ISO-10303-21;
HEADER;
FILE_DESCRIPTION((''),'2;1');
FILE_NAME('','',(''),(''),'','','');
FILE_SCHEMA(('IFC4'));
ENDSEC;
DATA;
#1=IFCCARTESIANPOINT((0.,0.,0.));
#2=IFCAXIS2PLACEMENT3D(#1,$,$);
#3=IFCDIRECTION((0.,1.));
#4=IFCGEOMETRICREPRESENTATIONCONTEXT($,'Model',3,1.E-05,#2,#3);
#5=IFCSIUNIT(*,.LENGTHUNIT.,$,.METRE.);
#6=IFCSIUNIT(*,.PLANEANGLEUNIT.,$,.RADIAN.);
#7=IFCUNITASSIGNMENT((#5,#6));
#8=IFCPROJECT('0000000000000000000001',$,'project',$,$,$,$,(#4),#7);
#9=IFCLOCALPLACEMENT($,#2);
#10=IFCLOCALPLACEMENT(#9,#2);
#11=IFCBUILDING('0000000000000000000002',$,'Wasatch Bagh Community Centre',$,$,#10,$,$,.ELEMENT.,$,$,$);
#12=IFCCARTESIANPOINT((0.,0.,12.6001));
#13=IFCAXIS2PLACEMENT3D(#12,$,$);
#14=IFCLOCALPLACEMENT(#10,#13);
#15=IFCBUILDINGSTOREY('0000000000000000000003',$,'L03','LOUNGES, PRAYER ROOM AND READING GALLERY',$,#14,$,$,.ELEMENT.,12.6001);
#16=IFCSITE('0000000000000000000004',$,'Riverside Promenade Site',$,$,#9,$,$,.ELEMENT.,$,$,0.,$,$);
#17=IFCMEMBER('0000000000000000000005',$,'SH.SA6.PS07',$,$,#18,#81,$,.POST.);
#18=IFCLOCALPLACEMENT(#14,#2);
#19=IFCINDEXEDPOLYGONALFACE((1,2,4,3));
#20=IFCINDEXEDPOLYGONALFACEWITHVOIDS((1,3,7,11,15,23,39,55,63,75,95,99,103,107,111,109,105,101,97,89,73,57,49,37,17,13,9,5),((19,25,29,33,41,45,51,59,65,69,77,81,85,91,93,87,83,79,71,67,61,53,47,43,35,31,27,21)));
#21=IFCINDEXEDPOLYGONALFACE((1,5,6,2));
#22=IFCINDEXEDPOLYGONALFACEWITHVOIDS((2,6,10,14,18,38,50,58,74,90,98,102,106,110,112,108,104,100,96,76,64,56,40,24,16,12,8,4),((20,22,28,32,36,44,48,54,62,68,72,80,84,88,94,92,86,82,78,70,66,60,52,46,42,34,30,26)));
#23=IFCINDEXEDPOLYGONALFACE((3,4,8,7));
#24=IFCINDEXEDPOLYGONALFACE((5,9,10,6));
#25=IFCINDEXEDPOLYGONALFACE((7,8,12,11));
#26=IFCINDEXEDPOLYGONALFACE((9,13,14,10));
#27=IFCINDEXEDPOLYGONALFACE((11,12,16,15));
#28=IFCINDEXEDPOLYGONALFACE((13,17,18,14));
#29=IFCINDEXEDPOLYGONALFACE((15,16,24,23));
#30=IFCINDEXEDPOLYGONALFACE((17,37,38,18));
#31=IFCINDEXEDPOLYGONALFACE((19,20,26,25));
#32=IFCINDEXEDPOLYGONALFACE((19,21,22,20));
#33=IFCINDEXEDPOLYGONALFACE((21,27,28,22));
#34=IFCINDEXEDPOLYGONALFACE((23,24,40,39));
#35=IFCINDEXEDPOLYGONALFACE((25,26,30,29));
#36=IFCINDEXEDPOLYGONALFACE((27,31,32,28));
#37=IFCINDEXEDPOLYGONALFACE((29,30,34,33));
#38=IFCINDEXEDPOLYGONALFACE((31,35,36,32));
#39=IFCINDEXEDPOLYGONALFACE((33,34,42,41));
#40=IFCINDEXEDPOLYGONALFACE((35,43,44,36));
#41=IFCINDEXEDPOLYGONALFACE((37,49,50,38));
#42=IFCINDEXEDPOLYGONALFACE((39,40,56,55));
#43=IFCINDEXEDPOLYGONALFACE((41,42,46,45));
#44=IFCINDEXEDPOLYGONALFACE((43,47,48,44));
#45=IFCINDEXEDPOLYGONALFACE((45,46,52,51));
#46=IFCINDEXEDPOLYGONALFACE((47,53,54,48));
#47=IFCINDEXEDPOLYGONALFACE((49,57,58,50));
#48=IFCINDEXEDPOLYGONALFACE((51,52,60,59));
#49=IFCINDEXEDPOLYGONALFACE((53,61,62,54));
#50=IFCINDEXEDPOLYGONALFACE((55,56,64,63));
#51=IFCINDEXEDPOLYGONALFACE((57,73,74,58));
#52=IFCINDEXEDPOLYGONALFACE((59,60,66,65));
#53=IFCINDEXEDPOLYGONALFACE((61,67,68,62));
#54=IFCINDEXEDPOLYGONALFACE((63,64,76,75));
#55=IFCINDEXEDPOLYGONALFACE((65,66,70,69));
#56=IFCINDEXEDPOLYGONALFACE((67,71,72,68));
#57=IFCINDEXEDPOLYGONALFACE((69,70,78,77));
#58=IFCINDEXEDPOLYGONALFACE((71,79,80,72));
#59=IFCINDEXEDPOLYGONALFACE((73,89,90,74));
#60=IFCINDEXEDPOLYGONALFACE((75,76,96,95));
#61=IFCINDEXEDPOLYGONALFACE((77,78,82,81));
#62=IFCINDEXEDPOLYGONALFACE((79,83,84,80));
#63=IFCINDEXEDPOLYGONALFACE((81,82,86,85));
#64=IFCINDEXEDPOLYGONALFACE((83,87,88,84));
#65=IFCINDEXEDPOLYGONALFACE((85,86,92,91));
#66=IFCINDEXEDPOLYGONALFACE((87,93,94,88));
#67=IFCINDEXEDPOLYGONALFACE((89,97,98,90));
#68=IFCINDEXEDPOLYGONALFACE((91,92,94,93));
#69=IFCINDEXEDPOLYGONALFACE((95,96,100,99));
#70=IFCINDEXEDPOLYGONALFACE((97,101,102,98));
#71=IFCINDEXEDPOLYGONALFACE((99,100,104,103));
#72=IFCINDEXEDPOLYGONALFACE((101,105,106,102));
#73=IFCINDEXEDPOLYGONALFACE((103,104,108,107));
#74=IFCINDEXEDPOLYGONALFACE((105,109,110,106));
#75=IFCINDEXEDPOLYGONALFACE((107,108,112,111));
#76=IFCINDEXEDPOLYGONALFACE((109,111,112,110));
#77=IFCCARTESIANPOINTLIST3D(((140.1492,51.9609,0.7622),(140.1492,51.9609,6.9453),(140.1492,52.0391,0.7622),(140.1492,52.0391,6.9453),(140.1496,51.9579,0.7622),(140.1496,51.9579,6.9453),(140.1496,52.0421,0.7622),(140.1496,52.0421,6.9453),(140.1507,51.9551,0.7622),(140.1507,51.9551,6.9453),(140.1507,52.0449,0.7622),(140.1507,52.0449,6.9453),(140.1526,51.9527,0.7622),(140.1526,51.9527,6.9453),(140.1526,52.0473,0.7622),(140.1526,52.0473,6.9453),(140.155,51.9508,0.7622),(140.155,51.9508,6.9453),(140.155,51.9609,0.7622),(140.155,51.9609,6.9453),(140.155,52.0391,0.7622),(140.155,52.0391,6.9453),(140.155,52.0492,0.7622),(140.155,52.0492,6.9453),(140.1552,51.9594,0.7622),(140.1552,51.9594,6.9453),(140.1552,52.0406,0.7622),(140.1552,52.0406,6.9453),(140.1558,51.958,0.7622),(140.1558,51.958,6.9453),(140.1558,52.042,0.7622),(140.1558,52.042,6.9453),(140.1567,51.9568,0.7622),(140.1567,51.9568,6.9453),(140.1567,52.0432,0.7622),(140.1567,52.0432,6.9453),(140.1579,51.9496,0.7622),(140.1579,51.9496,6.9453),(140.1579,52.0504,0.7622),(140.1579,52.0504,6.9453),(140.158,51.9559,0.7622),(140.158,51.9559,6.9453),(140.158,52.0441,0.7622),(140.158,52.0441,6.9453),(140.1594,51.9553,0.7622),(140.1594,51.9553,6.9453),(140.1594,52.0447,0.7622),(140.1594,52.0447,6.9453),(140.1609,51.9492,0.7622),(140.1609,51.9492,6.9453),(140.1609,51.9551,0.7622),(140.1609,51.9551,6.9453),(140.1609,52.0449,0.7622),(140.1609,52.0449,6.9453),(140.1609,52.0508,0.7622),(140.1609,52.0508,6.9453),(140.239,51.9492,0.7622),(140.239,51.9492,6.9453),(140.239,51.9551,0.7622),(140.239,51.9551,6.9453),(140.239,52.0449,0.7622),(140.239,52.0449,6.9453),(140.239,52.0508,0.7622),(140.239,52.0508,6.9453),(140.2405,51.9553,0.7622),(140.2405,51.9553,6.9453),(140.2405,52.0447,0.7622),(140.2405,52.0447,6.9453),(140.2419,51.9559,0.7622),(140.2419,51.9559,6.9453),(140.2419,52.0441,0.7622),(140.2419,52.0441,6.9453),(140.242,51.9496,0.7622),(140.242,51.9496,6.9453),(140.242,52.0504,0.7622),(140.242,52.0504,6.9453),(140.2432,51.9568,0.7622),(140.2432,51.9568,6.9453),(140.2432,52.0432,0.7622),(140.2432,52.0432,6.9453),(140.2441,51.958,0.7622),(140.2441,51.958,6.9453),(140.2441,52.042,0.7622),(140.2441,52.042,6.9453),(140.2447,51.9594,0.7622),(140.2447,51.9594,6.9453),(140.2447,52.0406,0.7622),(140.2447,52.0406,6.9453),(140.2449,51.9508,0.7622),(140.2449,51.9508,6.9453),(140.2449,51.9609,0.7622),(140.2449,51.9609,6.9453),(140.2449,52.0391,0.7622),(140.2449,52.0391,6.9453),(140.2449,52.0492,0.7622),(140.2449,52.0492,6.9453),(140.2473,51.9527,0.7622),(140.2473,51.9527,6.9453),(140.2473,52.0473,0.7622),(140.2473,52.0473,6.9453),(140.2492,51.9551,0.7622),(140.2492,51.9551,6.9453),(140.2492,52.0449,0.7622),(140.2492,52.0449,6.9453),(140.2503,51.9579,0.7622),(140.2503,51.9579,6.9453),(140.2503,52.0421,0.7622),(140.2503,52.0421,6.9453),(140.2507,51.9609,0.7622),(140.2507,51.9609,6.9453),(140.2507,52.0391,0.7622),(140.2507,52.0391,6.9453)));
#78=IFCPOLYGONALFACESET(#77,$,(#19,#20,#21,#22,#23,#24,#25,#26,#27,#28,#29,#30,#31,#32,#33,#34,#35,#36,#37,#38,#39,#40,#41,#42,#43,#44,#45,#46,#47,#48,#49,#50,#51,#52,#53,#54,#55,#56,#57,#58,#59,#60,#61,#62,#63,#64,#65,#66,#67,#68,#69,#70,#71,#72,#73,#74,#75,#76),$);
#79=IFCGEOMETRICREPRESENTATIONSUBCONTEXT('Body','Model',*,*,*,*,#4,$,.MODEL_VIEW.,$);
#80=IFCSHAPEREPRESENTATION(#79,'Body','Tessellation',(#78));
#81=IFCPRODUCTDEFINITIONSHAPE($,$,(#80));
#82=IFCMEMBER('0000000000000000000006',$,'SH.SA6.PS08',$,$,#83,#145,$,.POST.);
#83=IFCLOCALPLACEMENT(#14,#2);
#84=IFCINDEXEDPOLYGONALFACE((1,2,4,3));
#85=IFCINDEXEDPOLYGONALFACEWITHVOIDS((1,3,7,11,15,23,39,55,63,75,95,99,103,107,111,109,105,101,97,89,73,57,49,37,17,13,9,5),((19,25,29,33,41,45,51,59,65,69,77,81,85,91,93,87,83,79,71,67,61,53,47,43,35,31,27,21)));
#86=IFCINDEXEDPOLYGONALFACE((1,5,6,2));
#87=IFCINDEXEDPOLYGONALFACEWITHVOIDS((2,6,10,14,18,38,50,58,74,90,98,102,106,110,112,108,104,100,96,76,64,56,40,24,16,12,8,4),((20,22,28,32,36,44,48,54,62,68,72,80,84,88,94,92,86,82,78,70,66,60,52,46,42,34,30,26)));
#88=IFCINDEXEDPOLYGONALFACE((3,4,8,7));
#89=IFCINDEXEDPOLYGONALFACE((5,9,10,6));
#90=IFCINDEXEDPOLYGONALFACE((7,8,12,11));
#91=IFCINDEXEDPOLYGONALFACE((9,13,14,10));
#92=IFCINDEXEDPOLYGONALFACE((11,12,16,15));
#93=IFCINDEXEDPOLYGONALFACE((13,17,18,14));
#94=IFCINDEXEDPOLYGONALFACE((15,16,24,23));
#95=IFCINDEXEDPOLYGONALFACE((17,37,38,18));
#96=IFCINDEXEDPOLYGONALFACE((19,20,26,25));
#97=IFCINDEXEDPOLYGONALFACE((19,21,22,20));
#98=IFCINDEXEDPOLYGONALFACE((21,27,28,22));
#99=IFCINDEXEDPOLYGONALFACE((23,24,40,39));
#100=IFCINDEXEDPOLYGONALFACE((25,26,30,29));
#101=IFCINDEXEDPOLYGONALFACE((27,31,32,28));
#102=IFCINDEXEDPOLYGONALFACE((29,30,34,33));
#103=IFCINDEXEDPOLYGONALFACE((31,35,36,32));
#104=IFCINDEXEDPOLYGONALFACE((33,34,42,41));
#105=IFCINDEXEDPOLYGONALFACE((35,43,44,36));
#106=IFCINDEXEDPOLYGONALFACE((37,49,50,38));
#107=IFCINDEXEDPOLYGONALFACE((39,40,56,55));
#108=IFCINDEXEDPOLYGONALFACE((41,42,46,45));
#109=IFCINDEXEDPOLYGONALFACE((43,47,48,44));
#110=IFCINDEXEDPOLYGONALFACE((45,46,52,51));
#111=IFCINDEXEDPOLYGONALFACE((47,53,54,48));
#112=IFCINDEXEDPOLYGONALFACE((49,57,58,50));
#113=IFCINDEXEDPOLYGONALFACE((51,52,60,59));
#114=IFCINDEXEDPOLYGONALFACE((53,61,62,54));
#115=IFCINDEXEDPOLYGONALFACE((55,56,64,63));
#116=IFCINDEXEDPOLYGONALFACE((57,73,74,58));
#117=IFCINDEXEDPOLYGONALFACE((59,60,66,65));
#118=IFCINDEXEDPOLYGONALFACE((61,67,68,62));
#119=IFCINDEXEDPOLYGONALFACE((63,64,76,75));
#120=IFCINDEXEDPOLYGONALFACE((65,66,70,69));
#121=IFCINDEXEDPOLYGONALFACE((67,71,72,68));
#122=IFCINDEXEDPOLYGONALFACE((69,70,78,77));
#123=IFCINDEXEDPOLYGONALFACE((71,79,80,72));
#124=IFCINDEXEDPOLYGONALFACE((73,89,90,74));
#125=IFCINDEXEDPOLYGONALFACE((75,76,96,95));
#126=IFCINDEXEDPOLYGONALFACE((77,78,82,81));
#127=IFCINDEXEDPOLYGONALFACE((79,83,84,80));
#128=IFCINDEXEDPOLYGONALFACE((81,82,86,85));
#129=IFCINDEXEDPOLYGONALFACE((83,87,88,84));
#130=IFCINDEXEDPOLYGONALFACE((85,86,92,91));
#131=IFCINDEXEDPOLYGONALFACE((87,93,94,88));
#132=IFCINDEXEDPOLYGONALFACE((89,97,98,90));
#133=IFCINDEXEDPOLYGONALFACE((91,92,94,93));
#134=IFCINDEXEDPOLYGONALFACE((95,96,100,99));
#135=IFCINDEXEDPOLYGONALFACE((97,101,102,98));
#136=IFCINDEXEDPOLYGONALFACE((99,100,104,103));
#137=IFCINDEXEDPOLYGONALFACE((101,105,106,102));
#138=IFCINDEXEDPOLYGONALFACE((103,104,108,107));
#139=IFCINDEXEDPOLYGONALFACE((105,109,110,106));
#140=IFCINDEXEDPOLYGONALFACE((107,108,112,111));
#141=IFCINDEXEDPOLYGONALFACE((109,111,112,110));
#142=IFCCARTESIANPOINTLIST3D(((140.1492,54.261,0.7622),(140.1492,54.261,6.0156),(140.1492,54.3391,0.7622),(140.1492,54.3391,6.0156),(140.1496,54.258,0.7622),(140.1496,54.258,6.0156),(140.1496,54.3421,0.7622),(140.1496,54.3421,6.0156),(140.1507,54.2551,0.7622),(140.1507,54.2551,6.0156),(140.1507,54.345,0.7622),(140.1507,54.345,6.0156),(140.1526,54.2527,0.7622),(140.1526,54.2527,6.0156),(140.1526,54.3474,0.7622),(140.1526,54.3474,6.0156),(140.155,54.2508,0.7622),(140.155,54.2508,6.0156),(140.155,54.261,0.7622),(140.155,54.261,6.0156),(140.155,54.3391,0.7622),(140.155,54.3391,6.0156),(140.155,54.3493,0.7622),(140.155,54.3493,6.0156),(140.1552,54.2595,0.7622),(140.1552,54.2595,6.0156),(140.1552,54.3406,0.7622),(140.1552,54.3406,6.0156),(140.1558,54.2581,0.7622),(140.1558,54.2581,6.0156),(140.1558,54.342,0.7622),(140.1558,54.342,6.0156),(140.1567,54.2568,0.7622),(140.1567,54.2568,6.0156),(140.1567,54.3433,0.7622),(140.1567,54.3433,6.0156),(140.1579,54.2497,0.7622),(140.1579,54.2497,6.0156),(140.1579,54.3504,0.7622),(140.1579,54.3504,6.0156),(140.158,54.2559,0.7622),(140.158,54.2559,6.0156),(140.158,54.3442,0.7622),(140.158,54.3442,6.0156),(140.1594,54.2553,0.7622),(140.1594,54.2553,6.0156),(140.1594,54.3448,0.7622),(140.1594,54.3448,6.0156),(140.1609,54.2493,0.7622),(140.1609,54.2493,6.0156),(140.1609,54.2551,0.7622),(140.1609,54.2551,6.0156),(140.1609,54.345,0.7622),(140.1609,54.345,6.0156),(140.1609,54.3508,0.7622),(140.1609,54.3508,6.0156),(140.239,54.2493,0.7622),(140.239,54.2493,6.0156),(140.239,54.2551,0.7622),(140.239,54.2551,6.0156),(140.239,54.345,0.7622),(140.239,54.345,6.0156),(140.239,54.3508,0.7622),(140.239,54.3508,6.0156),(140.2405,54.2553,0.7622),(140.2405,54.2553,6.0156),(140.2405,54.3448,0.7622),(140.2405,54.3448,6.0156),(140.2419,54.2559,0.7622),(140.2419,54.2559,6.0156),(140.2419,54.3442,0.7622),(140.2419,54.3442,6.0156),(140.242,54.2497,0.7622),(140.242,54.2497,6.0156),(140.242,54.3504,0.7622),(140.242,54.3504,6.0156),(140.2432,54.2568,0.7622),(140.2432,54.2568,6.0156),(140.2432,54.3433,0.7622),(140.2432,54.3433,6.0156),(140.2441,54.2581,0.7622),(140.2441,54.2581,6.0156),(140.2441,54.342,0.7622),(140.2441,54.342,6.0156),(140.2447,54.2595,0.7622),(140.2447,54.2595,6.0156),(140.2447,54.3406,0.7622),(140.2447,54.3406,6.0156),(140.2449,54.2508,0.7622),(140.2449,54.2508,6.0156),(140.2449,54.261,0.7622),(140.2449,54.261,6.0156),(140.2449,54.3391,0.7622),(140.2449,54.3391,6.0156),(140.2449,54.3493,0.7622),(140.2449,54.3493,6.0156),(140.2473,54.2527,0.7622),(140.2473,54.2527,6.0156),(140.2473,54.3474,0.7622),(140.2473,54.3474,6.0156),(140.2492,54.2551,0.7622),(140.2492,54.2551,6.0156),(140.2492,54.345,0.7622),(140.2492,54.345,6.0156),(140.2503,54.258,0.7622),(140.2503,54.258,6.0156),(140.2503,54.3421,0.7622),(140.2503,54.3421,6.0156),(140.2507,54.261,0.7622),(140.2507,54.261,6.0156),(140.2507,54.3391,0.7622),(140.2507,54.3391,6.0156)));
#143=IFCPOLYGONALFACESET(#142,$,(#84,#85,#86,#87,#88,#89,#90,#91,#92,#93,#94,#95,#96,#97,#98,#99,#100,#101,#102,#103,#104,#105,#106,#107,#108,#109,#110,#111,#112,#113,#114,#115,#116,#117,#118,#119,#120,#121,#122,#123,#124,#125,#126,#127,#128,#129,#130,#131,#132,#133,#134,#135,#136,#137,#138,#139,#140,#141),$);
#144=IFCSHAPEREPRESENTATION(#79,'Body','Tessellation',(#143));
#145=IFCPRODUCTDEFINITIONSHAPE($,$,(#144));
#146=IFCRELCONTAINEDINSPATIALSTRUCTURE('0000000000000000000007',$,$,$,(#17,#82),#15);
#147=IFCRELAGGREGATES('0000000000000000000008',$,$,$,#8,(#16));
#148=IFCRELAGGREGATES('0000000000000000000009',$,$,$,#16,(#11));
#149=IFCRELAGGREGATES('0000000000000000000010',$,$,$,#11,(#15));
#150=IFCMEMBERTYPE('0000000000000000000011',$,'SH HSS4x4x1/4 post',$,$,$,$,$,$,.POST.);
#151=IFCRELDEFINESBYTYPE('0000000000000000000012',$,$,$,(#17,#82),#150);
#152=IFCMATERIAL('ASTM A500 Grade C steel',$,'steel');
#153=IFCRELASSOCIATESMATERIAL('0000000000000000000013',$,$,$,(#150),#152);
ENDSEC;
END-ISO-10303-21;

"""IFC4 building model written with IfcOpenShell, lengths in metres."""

from ifc_helpers import new_model, si_unit, direction, frame, origin, origin_2d, place, context, subcontext, project, spatial, hollow_rectangle, extrude, material, material_profile, profile_set, type_object, element, save


model = new_model("IFC4")

# Units and contexts
model_context = context("Model", 3, precision=1e-05, world=origin(), true_north=direction((0.0, 1.0)))
body_context = subcontext(model_context, "Body", "Model", "MODEL_VIEW")
ifc_project = project(units=[si_unit("LENGTHUNIT", "METRE"), si_unit("PLANEANGLEUNIT", "RADIAN")], contexts=[model_context])

# Site, building, storey
site_placement = place(None, origin())
site = spatial("IfcSite", under=ifc_project, at=site_placement, Name="Riverside Promenade Site", CompositionType="ELEMENT", RefElevation=0.0)
building_placement = place(site_placement, origin())
building = spatial("IfcBuilding", under=site, at=building_placement, Name="Wasatch Bagh Community Centre", CompositionType="ELEMENT")
storey_placement = place(building_placement, frame((0.0, 0.0, 12.6001)))
storey = spatial("IfcBuildingStorey", under=building, at=storey_placement, Name="L03", Description="LOUNGES, PRAYER ROOM AND READING GALLERY", CompositionType="ELEMENT", Elevation=12.6001)

# Members
ifc_material_1 = material(Name="ASTM A500 Grade C steel", Category="steel")
ifc_material_profile_1 = material_profile(ifc_material_1, hollow_rectangle(XDim=0.1016, YDim=0.1016, WallThickness=0.0059, InnerFilletRadius=0.0059, OuterFilletRadius=0.0117, at=origin_2d()), Name="HSS4x4x1/4")
ifc_profile_set_1 = profile_set([ifc_material_profile_1], Name="ASTM A500 Grade C steel")
member_type_1 = type_object("IfcMemberType", Name="SH HSS4x4x1/4 post", PredefinedType="POST", material=ifc_profile_set_1)
member_1_placement = place(storey_placement, frame((140.2, 52.0, 0.7622), z_axis=(0.0, 0.0, 1.0), x_axis=(1.0, 0.0, 0.0)))
element("IfcMember", 1, at=member_1_placement, inside=storey, type_object=member_type_1, Name="SH.SA6.PS07", PredefinedType="POST", context=body_context, shape_type="SweptSolid", body=[
    extrude(hollow_rectangle(XDim=0.1016, YDim=0.1016, WallThickness=0.0059, InnerFilletRadius=0.0059, OuterFilletRadius=0.0117, at=origin_2d()), origin(), (0.0, 0.0, 1.0), 6.1831),
])
member_2_placement = place(storey_placement, frame((140.2, 54.3, 0.7622), z_axis=(0.0, 0.0, 1.0), x_axis=(1.0, 0.0, 0.0)))
element("IfcMember", 2, at=member_2_placement, inside=storey, type_object=member_type_1, Name="SH.SA6.PS08", PredefinedType="POST", context=body_context, shape_type="SweptSolid", body=[
    extrude(hollow_rectangle(XDim=0.1016, YDim=0.1016, WallThickness=0.0059, InnerFilletRadius=0.0059, OuterFilletRadius=0.0117, at=origin_2d()), origin(), (0.0, 0.0, 1.0), 5.2534),
])

save(model, "model.ifc")
